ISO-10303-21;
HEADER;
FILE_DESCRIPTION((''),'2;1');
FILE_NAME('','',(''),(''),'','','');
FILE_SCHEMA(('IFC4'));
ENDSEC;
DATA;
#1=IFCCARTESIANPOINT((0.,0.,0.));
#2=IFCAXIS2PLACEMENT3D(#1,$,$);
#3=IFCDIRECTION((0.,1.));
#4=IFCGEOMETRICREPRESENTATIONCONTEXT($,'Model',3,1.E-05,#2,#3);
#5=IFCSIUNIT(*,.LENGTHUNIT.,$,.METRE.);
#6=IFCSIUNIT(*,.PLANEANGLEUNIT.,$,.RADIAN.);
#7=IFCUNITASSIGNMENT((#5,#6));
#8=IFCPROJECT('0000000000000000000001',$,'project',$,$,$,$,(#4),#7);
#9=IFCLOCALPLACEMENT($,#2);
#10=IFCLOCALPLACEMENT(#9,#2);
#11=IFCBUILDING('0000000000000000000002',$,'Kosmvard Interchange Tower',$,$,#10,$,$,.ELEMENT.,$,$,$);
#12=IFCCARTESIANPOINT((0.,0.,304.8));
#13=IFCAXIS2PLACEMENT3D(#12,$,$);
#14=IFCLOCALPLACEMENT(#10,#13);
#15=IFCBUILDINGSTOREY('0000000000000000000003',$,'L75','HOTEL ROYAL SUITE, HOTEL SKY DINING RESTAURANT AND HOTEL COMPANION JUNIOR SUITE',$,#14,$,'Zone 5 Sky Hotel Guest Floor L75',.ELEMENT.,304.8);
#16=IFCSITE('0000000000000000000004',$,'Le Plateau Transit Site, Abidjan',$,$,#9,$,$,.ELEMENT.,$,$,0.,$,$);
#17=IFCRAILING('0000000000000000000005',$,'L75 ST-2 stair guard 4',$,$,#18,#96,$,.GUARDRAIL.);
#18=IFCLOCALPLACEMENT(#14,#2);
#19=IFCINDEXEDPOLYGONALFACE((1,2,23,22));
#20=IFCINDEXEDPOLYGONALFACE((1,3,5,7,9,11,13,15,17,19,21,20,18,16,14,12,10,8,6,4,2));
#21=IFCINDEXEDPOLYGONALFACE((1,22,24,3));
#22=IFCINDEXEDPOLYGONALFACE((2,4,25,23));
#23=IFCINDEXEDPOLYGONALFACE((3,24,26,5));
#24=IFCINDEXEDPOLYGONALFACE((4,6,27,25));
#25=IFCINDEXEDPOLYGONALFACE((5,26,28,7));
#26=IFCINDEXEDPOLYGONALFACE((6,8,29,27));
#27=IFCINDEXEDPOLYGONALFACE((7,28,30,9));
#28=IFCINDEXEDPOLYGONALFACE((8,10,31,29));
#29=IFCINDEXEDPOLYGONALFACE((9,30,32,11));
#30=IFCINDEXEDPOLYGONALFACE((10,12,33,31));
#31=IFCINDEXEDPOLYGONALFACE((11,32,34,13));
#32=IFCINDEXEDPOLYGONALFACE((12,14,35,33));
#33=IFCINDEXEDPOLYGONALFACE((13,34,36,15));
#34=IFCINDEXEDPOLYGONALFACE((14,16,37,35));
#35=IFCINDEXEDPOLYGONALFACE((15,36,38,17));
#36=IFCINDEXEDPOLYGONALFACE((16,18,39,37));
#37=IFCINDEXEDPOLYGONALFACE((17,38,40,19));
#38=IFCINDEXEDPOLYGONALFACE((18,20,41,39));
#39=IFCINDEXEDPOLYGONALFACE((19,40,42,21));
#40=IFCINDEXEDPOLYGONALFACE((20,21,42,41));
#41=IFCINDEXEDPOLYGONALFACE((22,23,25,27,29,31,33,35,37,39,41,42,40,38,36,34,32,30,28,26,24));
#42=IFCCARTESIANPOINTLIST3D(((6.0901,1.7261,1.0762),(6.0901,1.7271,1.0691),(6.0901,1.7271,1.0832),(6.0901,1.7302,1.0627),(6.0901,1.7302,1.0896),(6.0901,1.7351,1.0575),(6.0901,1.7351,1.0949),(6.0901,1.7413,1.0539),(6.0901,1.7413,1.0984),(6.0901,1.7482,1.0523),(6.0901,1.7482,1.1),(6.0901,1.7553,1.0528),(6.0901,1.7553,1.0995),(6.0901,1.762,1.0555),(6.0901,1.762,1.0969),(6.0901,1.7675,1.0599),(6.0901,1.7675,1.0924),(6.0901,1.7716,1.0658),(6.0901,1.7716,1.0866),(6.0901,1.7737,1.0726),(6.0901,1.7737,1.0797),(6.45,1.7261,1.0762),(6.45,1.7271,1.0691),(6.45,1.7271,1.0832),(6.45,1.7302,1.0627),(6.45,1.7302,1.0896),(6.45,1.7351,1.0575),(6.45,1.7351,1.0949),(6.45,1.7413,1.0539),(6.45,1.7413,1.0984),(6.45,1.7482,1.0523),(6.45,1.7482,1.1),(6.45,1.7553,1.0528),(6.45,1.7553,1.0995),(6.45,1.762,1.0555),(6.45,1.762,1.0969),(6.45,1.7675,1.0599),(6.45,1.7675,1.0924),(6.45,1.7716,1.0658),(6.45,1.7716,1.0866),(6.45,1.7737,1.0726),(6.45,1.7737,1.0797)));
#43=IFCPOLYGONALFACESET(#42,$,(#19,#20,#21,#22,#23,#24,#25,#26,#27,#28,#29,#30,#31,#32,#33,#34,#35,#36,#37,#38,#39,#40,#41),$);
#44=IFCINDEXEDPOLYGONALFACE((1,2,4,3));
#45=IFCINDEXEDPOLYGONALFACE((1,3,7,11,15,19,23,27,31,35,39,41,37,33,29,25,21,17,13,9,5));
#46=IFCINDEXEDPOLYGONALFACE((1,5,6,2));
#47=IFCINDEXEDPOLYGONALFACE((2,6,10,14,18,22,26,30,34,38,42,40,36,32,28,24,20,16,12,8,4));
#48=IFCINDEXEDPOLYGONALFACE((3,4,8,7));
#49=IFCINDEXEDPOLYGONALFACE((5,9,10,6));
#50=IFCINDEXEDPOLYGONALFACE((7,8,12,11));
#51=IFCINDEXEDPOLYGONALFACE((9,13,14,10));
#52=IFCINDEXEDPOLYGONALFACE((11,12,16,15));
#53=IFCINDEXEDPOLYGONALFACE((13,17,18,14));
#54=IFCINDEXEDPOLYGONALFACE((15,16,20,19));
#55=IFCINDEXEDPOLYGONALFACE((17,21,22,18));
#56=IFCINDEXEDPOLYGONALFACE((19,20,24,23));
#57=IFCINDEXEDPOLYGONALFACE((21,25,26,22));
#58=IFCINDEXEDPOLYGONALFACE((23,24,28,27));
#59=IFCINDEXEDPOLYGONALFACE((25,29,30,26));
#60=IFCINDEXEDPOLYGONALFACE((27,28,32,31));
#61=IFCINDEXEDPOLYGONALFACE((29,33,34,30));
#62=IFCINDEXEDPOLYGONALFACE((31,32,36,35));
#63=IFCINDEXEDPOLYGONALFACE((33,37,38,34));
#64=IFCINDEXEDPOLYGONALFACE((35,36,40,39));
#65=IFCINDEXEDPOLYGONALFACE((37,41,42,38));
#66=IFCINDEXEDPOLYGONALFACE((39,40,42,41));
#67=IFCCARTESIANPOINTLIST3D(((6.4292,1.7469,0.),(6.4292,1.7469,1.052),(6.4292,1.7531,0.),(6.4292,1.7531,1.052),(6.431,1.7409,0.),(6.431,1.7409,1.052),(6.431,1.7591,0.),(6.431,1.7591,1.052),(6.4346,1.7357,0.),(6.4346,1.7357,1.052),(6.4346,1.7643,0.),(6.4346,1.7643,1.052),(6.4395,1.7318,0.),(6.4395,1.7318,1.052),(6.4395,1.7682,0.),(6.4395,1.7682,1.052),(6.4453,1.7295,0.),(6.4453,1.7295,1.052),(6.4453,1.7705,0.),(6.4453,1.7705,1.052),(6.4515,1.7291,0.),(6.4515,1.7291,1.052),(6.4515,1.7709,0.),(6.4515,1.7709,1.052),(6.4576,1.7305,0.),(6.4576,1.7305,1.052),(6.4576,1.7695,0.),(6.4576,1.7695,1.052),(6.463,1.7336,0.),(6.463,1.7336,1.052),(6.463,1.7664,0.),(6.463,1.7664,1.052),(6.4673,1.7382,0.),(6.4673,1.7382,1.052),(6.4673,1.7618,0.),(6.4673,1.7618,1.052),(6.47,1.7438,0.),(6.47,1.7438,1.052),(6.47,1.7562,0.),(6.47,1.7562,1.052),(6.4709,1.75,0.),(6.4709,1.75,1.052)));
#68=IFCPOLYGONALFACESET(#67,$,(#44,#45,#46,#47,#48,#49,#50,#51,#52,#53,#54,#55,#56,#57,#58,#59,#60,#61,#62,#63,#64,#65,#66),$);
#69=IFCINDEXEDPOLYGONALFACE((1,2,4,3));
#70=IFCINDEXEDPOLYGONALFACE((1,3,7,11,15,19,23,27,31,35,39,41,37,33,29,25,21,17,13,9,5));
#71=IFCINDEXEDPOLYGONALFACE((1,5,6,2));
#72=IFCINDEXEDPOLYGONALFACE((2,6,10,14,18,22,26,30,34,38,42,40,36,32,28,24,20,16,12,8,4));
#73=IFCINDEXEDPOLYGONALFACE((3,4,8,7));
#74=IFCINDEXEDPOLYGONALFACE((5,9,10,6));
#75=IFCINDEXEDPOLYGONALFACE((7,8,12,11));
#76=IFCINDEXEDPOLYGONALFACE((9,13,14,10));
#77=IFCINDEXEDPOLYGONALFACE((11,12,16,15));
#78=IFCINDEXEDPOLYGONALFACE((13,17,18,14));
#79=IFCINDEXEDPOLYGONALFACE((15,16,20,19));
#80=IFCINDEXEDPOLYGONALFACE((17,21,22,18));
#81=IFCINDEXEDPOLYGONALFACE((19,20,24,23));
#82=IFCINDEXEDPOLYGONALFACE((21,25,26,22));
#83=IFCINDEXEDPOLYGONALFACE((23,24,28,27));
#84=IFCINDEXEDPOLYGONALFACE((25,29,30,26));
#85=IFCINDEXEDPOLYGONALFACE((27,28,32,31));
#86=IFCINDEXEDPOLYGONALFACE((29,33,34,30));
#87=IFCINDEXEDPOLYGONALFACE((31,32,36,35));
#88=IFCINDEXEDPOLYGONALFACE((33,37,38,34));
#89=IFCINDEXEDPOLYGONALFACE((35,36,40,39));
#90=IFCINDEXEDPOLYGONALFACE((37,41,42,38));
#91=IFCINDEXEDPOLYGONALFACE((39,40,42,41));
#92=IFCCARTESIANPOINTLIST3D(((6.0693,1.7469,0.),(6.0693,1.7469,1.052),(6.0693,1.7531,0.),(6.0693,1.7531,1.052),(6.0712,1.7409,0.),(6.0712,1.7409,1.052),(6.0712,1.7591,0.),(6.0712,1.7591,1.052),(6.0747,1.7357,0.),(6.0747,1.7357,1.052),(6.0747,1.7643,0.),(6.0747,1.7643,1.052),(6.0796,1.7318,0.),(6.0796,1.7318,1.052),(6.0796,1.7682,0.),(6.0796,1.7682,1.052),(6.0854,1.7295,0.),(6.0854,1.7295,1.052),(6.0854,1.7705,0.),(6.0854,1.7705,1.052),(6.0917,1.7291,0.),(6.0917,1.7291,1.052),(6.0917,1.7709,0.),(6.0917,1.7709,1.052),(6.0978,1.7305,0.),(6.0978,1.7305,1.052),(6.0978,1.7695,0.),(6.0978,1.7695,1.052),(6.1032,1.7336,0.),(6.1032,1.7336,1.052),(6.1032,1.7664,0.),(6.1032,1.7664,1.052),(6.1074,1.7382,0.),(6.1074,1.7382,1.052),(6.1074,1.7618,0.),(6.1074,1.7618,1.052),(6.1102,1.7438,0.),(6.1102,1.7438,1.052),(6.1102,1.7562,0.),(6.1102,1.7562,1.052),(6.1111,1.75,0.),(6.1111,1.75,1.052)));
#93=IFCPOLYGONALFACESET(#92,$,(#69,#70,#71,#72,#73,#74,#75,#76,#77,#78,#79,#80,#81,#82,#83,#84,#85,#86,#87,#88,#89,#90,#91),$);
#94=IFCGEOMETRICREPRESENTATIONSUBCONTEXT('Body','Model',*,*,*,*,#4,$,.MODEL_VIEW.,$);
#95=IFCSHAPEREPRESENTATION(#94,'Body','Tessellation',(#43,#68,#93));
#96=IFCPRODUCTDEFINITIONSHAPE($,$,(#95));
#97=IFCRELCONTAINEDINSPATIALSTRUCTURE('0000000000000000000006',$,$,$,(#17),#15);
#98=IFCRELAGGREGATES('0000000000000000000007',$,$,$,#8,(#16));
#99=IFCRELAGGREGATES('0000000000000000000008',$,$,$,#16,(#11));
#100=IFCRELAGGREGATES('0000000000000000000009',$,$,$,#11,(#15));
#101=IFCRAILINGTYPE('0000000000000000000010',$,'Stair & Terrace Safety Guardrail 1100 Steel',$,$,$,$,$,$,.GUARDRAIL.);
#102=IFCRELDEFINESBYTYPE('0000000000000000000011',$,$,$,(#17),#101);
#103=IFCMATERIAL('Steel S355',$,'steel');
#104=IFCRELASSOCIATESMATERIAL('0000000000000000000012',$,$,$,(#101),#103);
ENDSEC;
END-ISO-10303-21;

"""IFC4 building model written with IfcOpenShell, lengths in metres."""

from ifc_helpers import new_model, si_unit, direction, frame, origin, origin_2d, place, context, subcontext, project, spatial, circle, extrude, source, transform, mapped, material, type_object, element, save


model = new_model("IFC4")

# Units and contexts
model_context = context("Model", 3, precision=1e-05, world=origin(), true_north=direction((0.0, 1.0)))
body_context = subcontext(model_context, "Body", "Model", "MODEL_VIEW")
ifc_project = project(units=[si_unit("LENGTHUNIT", "METRE"), si_unit("PLANEANGLEUNIT", "RADIAN")], contexts=[model_context])

# Site, building, storey
site_placement = place(None, origin())
site = spatial("IfcSite", under=ifc_project, at=site_placement, Name="Le Plateau Transit Site, Abidjan", CompositionType="ELEMENT", RefElevation=0.0)
building_placement = place(site_placement, origin())
building = spatial("IfcBuilding", under=site, at=building_placement, Name="Kosmvard Interchange Tower", CompositionType="ELEMENT")
storey_placement = place(building_placement, frame((0.0, 0.0, 304.8)))
storey = spatial("IfcBuildingStorey", under=building, at=storey_placement, Name="L75", Description="HOTEL ROYAL SUITE, HOTEL SKY DINING RESTAURANT AND HOTEL COMPANION JUNIOR SUITE", LongName="Zone 5 Sky Hotel Guest Floor L75", CompositionType="ELEMENT", Elevation=304.8)

# Shared definitions
ifc_material_1 = material(Name="Steel S355", Category="steel")

# Railing
railing_type_1 = type_object("IfcRailingType", Name="Stair & Terrace Safety Guardrail 1100 Steel", PredefinedType="GUARDRAIL", material=ifc_material_1)
shared_shape_1 = source(origin(), body_context, "Body", "SweptSolid", [
    extrude(circle(Radius=0.0239, at=origin_2d()), frame((0.0, 0.0, 1.0762), z_axis=(-1.0, 0.0, 0.0), x_axis=(0.0, -1.0, 0.0)), (0.0, 0.0, 1.0), 0.3599),
    extrude(circle(Radius=0.021, at=origin_2d()), origin(), (0.0, 0.0, 1.0), 1.052),
    extrude(circle(Radius=0.021, at=origin_2d()), frame((-0.3599, 0.0, 0.0)), (0.0, 0.0, 1.0), 1.052),
])
for number, where, name in (
    (1, (6.45, 1.75, 0.0), "L75 ST-2 stair guard 4"),
):
    element("IfcRailing", number, at=place(storey_placement, frame(where)), inside=storey, type_object=railing_type_1, Name=name, PredefinedType="GUARDRAIL", context=body_context, shape_type="MappedRepresentation", body=[
        mapped(shared_shape_1, transform((0.0, 0.0, 0.0), scale=1.0)),
    ])

save(model, "model.ifc")
